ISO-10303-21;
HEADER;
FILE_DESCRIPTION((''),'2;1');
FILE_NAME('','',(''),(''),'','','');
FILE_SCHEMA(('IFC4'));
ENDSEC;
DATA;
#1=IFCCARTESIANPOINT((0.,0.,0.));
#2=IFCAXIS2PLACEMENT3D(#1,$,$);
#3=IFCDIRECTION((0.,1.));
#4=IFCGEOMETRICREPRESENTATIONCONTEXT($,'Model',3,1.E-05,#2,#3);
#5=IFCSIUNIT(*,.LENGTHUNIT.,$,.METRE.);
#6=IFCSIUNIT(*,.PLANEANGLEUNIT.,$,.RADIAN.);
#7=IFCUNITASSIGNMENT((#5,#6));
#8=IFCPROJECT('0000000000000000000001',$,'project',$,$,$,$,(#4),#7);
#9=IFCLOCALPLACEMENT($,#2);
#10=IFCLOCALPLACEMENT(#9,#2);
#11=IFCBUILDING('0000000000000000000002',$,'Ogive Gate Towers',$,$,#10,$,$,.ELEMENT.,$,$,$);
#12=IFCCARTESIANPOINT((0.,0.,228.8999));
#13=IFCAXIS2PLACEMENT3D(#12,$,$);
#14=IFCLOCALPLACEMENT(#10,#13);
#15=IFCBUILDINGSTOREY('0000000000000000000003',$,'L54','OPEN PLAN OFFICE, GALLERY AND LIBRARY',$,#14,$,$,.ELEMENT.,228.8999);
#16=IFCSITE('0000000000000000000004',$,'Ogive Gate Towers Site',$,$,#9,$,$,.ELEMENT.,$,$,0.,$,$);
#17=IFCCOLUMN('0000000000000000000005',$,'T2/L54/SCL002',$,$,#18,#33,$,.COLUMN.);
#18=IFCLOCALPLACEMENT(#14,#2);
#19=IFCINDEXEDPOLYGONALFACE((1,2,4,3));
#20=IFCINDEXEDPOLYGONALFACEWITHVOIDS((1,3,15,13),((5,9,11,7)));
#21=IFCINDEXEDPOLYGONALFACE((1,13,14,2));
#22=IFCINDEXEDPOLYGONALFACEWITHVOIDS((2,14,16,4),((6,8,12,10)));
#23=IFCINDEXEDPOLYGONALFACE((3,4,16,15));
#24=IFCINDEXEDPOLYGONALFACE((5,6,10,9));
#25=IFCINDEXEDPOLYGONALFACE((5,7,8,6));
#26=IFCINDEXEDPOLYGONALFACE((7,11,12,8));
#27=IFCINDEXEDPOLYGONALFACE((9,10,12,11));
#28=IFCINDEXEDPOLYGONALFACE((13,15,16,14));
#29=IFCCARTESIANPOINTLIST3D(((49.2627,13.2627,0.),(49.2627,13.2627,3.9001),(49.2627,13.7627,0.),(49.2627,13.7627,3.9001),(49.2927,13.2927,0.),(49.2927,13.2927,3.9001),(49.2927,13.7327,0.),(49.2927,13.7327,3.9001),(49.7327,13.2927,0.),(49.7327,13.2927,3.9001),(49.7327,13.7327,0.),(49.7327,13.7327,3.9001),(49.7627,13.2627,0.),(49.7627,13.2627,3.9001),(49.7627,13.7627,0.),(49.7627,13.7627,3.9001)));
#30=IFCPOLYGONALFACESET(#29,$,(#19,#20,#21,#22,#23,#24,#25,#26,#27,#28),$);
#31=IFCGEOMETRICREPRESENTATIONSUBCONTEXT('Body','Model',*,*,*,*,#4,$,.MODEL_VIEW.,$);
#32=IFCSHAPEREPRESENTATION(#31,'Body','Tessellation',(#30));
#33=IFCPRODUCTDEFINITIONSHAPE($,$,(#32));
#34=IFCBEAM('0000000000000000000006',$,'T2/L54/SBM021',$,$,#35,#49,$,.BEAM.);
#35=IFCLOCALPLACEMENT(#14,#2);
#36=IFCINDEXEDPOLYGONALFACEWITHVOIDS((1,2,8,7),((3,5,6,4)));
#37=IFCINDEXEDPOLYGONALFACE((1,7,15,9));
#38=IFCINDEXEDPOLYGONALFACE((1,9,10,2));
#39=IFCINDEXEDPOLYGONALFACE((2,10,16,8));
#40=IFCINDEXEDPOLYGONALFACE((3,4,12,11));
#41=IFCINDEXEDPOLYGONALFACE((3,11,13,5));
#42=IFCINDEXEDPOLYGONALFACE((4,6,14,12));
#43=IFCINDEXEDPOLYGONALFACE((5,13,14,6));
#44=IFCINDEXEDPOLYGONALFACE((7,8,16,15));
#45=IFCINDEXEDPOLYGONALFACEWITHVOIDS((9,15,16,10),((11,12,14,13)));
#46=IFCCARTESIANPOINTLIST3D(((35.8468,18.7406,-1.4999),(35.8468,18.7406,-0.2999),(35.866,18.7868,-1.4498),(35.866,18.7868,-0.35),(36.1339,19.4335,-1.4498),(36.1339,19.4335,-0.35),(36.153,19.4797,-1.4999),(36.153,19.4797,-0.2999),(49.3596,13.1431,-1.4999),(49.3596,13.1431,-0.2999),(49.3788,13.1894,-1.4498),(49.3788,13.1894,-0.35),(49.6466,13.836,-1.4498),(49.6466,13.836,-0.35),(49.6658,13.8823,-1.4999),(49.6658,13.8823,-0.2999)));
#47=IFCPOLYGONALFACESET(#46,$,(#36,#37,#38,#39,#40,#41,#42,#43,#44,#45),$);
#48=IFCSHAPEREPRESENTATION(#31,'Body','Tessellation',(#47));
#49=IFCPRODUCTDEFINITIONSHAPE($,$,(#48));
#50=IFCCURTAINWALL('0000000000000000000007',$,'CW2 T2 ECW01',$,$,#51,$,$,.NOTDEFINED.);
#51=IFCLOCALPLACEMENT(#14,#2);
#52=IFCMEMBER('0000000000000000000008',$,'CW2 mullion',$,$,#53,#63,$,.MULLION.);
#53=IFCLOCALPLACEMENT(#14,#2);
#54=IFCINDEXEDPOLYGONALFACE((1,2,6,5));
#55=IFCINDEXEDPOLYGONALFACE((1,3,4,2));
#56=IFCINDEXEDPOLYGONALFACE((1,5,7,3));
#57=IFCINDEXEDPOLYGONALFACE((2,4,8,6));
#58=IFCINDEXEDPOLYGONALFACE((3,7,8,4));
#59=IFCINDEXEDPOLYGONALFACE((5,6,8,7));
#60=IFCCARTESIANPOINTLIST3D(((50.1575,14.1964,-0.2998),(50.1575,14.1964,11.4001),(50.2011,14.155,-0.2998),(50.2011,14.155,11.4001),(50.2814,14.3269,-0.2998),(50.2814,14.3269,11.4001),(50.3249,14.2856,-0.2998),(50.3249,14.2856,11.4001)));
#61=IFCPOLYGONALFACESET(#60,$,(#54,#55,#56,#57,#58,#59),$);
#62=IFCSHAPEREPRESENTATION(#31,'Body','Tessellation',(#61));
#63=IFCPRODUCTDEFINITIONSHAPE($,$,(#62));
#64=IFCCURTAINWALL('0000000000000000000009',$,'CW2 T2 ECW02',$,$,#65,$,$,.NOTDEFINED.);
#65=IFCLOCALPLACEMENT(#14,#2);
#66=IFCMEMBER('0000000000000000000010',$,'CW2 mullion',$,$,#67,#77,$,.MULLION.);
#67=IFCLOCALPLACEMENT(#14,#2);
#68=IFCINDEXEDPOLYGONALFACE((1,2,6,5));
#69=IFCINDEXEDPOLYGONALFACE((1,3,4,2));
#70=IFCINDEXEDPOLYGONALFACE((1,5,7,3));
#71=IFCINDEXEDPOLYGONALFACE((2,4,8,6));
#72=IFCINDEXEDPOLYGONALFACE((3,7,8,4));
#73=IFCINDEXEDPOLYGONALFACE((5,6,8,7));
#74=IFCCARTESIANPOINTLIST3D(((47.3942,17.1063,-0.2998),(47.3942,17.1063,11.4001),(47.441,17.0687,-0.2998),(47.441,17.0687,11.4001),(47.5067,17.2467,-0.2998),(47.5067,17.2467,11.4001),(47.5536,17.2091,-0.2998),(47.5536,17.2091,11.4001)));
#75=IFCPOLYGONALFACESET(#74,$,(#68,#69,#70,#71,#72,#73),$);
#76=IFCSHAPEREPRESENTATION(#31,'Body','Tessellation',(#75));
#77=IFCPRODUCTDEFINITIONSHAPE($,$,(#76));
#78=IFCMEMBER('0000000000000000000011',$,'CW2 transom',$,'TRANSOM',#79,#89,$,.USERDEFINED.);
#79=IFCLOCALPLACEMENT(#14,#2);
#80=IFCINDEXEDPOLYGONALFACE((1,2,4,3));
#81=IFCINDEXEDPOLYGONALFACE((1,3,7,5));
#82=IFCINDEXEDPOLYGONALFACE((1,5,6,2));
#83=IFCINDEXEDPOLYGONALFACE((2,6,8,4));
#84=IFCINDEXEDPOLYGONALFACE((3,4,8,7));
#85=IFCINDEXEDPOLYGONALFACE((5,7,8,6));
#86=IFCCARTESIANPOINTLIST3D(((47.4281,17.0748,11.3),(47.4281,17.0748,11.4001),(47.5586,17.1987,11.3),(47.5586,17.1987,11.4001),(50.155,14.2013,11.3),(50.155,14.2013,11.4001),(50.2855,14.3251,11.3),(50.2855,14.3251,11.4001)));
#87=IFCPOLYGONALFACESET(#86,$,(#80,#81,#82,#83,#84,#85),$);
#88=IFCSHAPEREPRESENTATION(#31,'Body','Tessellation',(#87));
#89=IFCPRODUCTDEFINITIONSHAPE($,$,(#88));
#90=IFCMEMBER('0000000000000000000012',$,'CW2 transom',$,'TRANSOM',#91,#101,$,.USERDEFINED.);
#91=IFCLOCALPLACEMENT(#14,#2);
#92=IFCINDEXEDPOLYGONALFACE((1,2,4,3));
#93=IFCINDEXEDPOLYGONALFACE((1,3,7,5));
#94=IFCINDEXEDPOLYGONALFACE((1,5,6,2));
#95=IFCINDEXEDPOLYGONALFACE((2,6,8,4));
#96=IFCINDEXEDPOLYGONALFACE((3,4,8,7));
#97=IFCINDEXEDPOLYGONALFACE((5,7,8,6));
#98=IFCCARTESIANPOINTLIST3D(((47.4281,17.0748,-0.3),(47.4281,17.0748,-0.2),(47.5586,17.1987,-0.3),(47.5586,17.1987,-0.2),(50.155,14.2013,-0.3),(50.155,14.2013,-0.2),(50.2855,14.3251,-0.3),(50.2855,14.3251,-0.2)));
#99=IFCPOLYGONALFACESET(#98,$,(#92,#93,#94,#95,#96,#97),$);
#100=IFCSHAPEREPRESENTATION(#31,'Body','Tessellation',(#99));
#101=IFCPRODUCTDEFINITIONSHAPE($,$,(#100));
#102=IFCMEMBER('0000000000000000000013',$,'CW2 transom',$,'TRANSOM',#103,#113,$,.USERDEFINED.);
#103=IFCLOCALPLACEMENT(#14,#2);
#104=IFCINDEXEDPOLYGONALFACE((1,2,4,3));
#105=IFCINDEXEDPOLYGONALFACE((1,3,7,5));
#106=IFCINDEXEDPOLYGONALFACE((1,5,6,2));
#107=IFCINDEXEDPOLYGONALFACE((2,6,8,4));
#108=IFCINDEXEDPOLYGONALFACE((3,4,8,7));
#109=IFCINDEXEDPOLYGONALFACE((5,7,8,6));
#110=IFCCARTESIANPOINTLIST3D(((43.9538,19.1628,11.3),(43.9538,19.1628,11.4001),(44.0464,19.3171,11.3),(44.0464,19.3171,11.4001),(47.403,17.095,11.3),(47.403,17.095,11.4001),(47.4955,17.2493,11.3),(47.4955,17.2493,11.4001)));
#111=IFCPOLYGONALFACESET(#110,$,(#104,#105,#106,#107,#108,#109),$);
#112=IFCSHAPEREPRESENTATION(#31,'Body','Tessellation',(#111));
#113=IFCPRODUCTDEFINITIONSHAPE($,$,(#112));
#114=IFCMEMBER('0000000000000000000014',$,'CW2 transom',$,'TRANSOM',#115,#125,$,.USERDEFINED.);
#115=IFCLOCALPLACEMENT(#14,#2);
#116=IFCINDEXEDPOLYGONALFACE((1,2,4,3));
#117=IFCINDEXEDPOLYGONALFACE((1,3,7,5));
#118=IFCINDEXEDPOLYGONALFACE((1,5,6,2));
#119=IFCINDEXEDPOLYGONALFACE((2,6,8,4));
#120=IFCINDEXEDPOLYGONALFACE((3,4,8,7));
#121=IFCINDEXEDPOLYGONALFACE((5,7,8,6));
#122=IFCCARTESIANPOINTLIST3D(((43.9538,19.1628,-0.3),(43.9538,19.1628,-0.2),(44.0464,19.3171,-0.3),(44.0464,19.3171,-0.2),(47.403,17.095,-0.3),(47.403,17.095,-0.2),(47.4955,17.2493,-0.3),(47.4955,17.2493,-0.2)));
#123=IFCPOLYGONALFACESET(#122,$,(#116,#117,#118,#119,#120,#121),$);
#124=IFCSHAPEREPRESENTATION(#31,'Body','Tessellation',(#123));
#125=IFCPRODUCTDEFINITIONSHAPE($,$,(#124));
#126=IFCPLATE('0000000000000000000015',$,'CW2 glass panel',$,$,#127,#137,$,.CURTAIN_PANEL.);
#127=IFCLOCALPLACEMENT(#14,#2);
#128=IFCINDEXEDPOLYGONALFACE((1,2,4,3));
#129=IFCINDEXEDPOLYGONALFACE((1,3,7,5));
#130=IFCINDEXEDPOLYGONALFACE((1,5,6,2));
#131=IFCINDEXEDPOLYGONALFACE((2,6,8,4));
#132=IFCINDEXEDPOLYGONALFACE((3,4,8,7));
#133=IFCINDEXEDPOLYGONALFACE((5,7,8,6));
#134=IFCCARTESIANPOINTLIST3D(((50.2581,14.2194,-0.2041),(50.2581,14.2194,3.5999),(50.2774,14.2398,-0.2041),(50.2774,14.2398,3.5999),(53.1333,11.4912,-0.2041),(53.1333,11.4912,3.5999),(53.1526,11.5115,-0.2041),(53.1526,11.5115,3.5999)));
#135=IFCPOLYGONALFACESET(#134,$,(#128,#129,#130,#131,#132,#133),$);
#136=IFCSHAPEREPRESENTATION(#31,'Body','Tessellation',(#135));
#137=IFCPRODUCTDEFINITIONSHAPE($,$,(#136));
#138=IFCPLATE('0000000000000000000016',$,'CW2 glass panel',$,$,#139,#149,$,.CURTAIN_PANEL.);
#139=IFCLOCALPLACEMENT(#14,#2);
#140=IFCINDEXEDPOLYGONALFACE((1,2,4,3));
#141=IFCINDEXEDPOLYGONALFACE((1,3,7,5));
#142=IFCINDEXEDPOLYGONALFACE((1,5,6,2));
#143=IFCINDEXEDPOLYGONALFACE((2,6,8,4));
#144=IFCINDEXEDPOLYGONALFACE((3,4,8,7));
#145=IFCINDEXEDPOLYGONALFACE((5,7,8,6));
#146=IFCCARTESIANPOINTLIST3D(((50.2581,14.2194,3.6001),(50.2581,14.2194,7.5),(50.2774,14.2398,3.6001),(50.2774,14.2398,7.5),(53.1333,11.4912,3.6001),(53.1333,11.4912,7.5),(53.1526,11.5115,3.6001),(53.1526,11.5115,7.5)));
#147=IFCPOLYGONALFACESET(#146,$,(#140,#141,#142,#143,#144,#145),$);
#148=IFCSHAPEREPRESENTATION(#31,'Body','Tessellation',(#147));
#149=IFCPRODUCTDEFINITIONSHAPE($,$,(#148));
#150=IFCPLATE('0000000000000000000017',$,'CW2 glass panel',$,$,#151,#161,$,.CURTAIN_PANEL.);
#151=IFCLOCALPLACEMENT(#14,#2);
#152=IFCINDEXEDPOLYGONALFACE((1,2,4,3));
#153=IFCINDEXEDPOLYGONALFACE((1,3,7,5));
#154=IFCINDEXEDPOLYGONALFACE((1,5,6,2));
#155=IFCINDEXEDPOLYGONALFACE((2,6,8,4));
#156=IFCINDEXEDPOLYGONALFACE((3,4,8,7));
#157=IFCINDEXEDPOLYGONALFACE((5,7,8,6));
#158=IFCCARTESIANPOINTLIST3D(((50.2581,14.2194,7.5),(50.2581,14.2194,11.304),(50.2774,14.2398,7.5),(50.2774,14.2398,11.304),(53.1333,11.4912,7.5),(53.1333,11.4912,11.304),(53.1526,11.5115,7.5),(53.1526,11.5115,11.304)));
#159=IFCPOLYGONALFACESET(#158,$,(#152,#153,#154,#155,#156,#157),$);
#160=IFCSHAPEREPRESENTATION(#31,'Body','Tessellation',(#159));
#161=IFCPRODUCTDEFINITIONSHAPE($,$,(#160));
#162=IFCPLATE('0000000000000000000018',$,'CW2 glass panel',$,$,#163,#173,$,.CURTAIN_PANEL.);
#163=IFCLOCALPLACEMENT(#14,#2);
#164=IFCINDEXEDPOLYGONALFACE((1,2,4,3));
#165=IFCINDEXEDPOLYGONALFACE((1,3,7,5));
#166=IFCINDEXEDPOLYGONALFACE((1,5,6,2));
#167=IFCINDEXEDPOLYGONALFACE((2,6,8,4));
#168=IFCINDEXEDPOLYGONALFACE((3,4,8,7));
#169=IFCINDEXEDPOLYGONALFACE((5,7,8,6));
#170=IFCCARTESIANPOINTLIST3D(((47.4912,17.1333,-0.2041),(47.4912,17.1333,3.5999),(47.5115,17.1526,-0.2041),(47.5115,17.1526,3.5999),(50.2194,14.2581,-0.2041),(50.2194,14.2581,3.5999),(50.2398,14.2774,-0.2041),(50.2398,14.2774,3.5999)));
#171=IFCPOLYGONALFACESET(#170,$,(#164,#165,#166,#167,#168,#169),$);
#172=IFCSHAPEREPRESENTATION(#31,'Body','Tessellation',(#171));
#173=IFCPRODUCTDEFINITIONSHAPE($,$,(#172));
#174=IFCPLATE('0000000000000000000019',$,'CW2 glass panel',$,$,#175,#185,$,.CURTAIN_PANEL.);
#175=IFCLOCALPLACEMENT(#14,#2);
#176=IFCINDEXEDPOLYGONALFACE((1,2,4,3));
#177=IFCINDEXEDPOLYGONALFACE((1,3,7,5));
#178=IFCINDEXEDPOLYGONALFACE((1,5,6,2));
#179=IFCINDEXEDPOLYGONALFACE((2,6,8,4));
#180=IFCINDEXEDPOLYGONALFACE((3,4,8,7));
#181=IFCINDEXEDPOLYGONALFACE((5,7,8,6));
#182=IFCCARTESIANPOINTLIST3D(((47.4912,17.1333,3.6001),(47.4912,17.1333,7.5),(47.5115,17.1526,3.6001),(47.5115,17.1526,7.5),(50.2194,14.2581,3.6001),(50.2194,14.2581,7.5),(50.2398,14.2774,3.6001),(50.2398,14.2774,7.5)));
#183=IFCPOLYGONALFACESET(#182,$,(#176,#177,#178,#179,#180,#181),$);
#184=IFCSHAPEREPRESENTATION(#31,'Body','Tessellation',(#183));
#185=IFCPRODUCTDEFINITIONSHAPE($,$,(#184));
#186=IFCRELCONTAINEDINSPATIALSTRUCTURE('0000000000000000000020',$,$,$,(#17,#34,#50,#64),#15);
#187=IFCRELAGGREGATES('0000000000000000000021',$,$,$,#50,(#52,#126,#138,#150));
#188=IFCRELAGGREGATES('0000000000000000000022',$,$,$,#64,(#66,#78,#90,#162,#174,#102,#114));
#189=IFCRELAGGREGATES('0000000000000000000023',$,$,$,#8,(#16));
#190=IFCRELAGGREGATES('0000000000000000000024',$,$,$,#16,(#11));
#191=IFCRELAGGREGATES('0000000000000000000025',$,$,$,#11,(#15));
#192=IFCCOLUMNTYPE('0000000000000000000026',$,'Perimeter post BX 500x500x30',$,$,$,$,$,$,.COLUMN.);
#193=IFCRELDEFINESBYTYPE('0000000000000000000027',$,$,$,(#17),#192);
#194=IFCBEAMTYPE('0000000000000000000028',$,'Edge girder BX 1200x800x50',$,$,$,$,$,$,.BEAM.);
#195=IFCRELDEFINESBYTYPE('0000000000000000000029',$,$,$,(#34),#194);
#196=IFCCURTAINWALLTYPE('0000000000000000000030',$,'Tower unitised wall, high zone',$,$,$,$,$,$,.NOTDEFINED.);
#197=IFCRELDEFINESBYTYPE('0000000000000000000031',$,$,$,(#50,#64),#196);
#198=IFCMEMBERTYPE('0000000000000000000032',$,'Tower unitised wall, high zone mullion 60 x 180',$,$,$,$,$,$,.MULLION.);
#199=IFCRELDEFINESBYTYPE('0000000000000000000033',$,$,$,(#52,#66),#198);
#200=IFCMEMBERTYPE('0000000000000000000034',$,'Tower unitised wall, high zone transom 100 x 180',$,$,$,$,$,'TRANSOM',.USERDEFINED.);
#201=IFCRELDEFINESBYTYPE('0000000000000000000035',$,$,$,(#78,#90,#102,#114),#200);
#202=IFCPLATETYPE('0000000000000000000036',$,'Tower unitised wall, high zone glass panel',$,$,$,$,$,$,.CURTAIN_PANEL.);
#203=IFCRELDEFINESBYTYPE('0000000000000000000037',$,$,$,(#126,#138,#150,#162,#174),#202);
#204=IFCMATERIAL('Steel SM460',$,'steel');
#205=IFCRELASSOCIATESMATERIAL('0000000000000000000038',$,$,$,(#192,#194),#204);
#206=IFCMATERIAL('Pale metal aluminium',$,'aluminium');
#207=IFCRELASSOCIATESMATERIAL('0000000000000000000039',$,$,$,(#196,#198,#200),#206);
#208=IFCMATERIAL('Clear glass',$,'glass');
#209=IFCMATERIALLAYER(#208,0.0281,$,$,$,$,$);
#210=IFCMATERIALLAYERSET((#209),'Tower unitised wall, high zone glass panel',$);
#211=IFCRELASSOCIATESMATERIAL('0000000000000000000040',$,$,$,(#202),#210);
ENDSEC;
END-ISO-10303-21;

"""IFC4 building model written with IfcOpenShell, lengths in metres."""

from ifc_helpers import new_model, si_unit, direction, frame, origin, origin_2d, place, context, subcontext, project, spatial, rectangle, hollow_rectangle, extrude, material, layer, layer_set, material_profile, profile_set, type_object, element, aggregate, save


model = new_model("IFC4")

# Units and contexts
model_context = context("Model", 3, precision=1e-05, world=origin(), true_north=direction((0.0, 1.0)))
body_context = subcontext(model_context, "Body", "Model", "MODEL_VIEW")
ifc_project = project(units=[si_unit("LENGTHUNIT", "METRE"), si_unit("PLANEANGLEUNIT", "RADIAN")], contexts=[model_context])

# Site, building, storey
site_placement = place(None, origin())
site = spatial("IfcSite", under=ifc_project, at=site_placement, Name="Ogive Gate Towers Site", CompositionType="ELEMENT", RefElevation=0.0)
building_placement = place(site_placement, origin())
building = spatial("IfcBuilding", under=site, at=building_placement, Name="Ogive Gate Towers", CompositionType="ELEMENT")
storey_placement = place(building_placement, frame((0.0, 0.0, 228.8999)))
storey = spatial("IfcBuildingStorey", under=building, at=storey_placement, Name="L54", Description="OPEN PLAN OFFICE, GALLERY AND LIBRARY", CompositionType="ELEMENT", Elevation=228.8999)

# Column
ifc_material_1 = material(Name="Steel SM460", Category="steel")
ifc_material_profile_1 = material_profile(ifc_material_1, hollow_rectangle(XDim=0.5, YDim=0.5, WallThickness=0.03, at=origin_2d()), Name="BX 500x500x30")
ifc_profile_set_1 = profile_set([ifc_material_profile_1], Name="Steel SM460")
column_type = type_object("IfcColumnType", Name="Perimeter post BX 500x500x30", PredefinedType="COLUMN", material=ifc_profile_set_1)
column_placement = place(storey_placement, frame((49.5127, 13.5127, 0.0), z_axis=(0.0, 0.0, 1.0), x_axis=(1.0, 0.0, 0.0)))
element("IfcColumn", 1, at=column_placement, inside=storey, type_object=column_type, Name="T2/L54/SCL002", PredefinedType="COLUMN", context=body_context, shape_type="SweptSolid", body=[
    extrude(hollow_rectangle(XDim=0.5, YDim=0.5, WallThickness=0.03, at=origin_2d()), origin(), (0.0, 0.0, 1.0), 3.9001),
])

# Beam
ifc_material_profile_2 = material_profile(ifc_material_1, hollow_rectangle(XDim=0.8, YDim=1.2, WallThickness=0.05, at=origin_2d()), Name="BX 1200x800x50")
ifc_profile_set_2 = profile_set([ifc_material_profile_2], Name="Steel SM460")
beam_type = type_object("IfcBeamType", Name="Edge girder BX 1200x800x50", PredefinedType="BEAM", material=ifc_profile_set_2)
beam_placement = place(storey_placement, frame((49.5127, 13.5127, -0.8999), z_axis=(-0.923873, 0.382699, 0.0), x_axis=(-0.382699, -0.923873, 0.0)))
element("IfcBeam", 2, at=beam_placement, inside=storey, type_object=beam_type, Name="T2/L54/SBM021", PredefinedType="BEAM", context=body_context, shape_type="SweptSolid", body=[
    extrude(hollow_rectangle(XDim=0.8, YDim=1.2, WallThickness=0.05, at=origin_2d()), origin(), (0.0, 0.0, 1.0), 14.6262),
])

# Curtain wall, member
ifc_material_2 = material(Name="Pale metal aluminium", Category="aluminium")
curtain_wall_type = type_object("IfcCurtainWallType", Name="Tower unitised wall, high zone", PredefinedType="NOTDEFINED", material=ifc_material_2)
curtain_wall_1_placement = place(storey_placement, origin())
curtain_wall_1 = element("IfcCurtainWall", 3, at=curtain_wall_1_placement, inside=storey, type_object=curtain_wall_type, Name="CW2 T2 ECW01", PredefinedType="NOTDEFINED")
ifc_material_profile_3 = material_profile(ifc_material_2, rectangle(XDim=0.1799, YDim=0.0601, at=origin_2d()), Name="60 x 180 aluminium box")
ifc_profile_set_3 = profile_set([ifc_material_profile_3], Name="Pale metal aluminium")
member_type_1 = type_object("IfcMemberType", Name="Tower unitised wall, high zone mullion 60 x 180", PredefinedType="MULLION", material=ifc_profile_set_3)
member_1_placement = place(storey_placement, frame((50.2412, 14.241, -0.2998), z_axis=(0.0, 0.0, 1.0), x_axis=(0.688329, 0.725398, 0.0)))
member_1 = element("IfcMember", 4, at=member_1_placement, type_object=member_type_1, Name="CW2 mullion", PredefinedType="MULLION", context=body_context, shape_type="SweptSolid", body=[
    extrude(rectangle(XDim=0.1799, YDim=0.0601, at=origin_2d()), origin(), (0.0, 0.0, 1.0), 11.7),
])

# Curtain wall, members
curtain_wall_2_placement = place(storey_placement, origin())
curtain_wall_2 = element("IfcCurtainWall", 5, at=curtain_wall_2_placement, inside=storey, type_object=curtain_wall_type, Name="CW2 T2 ECW02", PredefinedType="NOTDEFINED")
member_2_placement = place(storey_placement, frame((47.4739, 17.1577, -0.2998), z_axis=(0.0, 0.0, 1.0), x_axis=(0.625529, 0.780201, 0.0)))
member_2 = element("IfcMember", 6, at=member_2_placement, type_object=member_type_1, Name="CW2 mullion", PredefinedType="MULLION", context=body_context, shape_type="SweptSolid", body=[
    extrude(rectangle(XDim=0.1799, YDim=0.0601, at=origin_2d()), origin(), (0.0, 0.0, 1.0), 11.7),
])
ifc_material_profile_4 = material_profile(ifc_material_2, rectangle(XDim=0.1799, YDim=0.1001, at=origin_2d()), Name="100 x 180 aluminium box")
ifc_profile_set_4 = profile_set([ifc_material_profile_4], Name="Pale metal aluminium")
member_type_2 = type_object("IfcMemberType", Name="Tower unitised wall, high zone transom 100 x 180", ElementType="TRANSOM", PredefinedType="USERDEFINED", material=ifc_profile_set_4)
member_3_placement = place(storey_placement, frame((50.2202, 14.2632, 11.3501), z_axis=(-0.688344, 0.725384, 0.0), x_axis=(-0.725384, -0.688344, 0.0)))
member_3 = element("IfcMember", 7, at=member_3_placement, type_object=member_type_2, Name="CW2 transom", ObjectType="TRANSOM", PredefinedType="USERDEFINED", context=body_context, shape_type="SweptSolid", body=[
    extrude(rectangle(XDim=0.1799, YDim=0.1001, at=origin_2d()), origin(), (0.0, 0.0, 1.0), 3.9614),
])
member_4_placement = place(storey_placement, frame((50.2202, 14.2632, -0.25), z_axis=(-0.688344, 0.725384, 0.0), x_axis=(-0.725384, -0.688344, 0.0)))
member_4 = element("IfcMember", 8, at=member_4_placement, type_object=member_type_2, Name="CW2 transom", ObjectType="TRANSOM", PredefinedType="USERDEFINED", context=body_context, shape_type="SweptSolid", body=[
    extrude(rectangle(XDim=0.1799, YDim=0.1001, at=origin_2d()), origin(), (0.0, 0.0, 1.0), 3.9614),
])
member_5_placement = place(storey_placement, frame((47.4492, 17.1721, 11.3501), z_axis=(-0.857675, 0.514192, 0.0), x_axis=(-0.514192, -0.857675, 0.0)))
member_5 = element("IfcMember", 9, at=member_5_placement, type_object=member_type_2, Name="CW2 transom", ObjectType="TRANSOM", PredefinedType="USERDEFINED", context=body_context, shape_type="SweptSolid", body=[
    extrude(rectangle(XDim=0.1799, YDim=0.1001, at=origin_2d()), origin(), (0.0, 0.0, 1.0), 4.0215),
])
member_6_placement = place(storey_placement, frame((47.4492, 17.1721, -0.25), z_axis=(-0.857675, 0.514192, 0.0), x_axis=(-0.514192, -0.857675, 0.0)))
member_6 = element("IfcMember", 10, at=member_6_placement, type_object=member_type_2, Name="CW2 transom", ObjectType="TRANSOM", PredefinedType="USERDEFINED", context=body_context, shape_type="SweptSolid", body=[
    extrude(rectangle(XDim=0.1799, YDim=0.1001, at=origin_2d()), origin(), (0.0, 0.0, 1.0), 4.0215),
])

# Plates
ifc_material_3 = material(Name="Clear glass", Category="glass")
ifc_layer = layer(ifc_material_3, 0.0281)
ifc_layer_set = layer_set([ifc_layer], Name="Tower unitised wall, high zone glass panel")
plate_type = type_object("IfcPlateType", Name="Tower unitised wall, high zone glass panel", PredefinedType="CURTAIN_PANEL", material=ifc_layer_set)
plate_1_placement = place(storey_placement, frame((51.7053, 12.8655, -0.2041), z_axis=(0.0, 0.0, 1.0), x_axis=(-0.725398, 0.688329, 0.0)))
plate_1 = element("IfcPlate", 11, at=plate_1_placement, type_object=plate_type, Name="CW2 glass panel", PredefinedType="CURTAIN_PANEL", context=body_context, shape_type="SweptSolid", body=[
    extrude(rectangle(XDim=3.9636, YDim=0.0281, at=origin_2d()), origin(), (0.0, 0.0, 1.0), 3.804),
])
plate_2_placement = place(storey_placement, frame((51.7053, 12.8655, 3.6001), z_axis=(0.0, 0.0, 1.0), x_axis=(-0.725398, 0.688329, 0.0)))
plate_2 = element("IfcPlate", 12, at=plate_2_placement, type_object=plate_type, Name="CW2 glass panel", PredefinedType="CURTAIN_PANEL", context=body_context, shape_type="SweptSolid", body=[
    extrude(rectangle(XDim=3.9636, YDim=0.0281, at=origin_2d()), origin(), (0.0, 0.0, 1.0), 3.8999),
])
plate_3_placement = place(storey_placement, frame((51.7053, 12.8655, 7.5), z_axis=(0.0, 0.0, 1.0), x_axis=(-0.725398, 0.688329, 0.0)))
plate_3 = element("IfcPlate", 13, at=plate_3_placement, type_object=plate_type, Name="CW2 glass panel", PredefinedType="CURTAIN_PANEL", context=body_context, shape_type="SweptSolid", body=[
    extrude(rectangle(XDim=3.9636, YDim=0.0281, at=origin_2d()), origin(), (0.0, 0.0, 1.0), 3.804),
])
aggregate(curtain_wall_1, [member_1, plate_1, plate_2, plate_3])
plate_4_placement = place(storey_placement, frame((48.8655, 15.7053, -0.2041), z_axis=(0.0, 0.0, 1.0), x_axis=(-0.688329, 0.725398, 0.0)))
plate_4 = element("IfcPlate", 14, at=plate_4_placement, type_object=plate_type, Name="CW2 glass panel", PredefinedType="CURTAIN_PANEL", context=body_context, shape_type="SweptSolid", body=[
    extrude(rectangle(XDim=3.9636, YDim=0.0281, at=origin_2d()), origin(), (0.0, 0.0, 1.0), 3.804),
])
plate_5_placement = place(storey_placement, frame((48.8655, 15.7053, 3.6001), z_axis=(0.0, 0.0, 1.0), x_axis=(-0.688329, 0.725398, 0.0)))
plate_5 = element("IfcPlate", 15, at=plate_5_placement, type_object=plate_type, Name="CW2 glass panel", PredefinedType="CURTAIN_PANEL", context=body_context, shape_type="SweptSolid", body=[
    extrude(rectangle(XDim=3.9636, YDim=0.0281, at=origin_2d()), origin(), (0.0, 0.0, 1.0), 3.8999),
])
aggregate(curtain_wall_2, [member_2, member_3, member_4, plate_4, plate_5, member_5, member_6])

save(model, "model.ifc")
